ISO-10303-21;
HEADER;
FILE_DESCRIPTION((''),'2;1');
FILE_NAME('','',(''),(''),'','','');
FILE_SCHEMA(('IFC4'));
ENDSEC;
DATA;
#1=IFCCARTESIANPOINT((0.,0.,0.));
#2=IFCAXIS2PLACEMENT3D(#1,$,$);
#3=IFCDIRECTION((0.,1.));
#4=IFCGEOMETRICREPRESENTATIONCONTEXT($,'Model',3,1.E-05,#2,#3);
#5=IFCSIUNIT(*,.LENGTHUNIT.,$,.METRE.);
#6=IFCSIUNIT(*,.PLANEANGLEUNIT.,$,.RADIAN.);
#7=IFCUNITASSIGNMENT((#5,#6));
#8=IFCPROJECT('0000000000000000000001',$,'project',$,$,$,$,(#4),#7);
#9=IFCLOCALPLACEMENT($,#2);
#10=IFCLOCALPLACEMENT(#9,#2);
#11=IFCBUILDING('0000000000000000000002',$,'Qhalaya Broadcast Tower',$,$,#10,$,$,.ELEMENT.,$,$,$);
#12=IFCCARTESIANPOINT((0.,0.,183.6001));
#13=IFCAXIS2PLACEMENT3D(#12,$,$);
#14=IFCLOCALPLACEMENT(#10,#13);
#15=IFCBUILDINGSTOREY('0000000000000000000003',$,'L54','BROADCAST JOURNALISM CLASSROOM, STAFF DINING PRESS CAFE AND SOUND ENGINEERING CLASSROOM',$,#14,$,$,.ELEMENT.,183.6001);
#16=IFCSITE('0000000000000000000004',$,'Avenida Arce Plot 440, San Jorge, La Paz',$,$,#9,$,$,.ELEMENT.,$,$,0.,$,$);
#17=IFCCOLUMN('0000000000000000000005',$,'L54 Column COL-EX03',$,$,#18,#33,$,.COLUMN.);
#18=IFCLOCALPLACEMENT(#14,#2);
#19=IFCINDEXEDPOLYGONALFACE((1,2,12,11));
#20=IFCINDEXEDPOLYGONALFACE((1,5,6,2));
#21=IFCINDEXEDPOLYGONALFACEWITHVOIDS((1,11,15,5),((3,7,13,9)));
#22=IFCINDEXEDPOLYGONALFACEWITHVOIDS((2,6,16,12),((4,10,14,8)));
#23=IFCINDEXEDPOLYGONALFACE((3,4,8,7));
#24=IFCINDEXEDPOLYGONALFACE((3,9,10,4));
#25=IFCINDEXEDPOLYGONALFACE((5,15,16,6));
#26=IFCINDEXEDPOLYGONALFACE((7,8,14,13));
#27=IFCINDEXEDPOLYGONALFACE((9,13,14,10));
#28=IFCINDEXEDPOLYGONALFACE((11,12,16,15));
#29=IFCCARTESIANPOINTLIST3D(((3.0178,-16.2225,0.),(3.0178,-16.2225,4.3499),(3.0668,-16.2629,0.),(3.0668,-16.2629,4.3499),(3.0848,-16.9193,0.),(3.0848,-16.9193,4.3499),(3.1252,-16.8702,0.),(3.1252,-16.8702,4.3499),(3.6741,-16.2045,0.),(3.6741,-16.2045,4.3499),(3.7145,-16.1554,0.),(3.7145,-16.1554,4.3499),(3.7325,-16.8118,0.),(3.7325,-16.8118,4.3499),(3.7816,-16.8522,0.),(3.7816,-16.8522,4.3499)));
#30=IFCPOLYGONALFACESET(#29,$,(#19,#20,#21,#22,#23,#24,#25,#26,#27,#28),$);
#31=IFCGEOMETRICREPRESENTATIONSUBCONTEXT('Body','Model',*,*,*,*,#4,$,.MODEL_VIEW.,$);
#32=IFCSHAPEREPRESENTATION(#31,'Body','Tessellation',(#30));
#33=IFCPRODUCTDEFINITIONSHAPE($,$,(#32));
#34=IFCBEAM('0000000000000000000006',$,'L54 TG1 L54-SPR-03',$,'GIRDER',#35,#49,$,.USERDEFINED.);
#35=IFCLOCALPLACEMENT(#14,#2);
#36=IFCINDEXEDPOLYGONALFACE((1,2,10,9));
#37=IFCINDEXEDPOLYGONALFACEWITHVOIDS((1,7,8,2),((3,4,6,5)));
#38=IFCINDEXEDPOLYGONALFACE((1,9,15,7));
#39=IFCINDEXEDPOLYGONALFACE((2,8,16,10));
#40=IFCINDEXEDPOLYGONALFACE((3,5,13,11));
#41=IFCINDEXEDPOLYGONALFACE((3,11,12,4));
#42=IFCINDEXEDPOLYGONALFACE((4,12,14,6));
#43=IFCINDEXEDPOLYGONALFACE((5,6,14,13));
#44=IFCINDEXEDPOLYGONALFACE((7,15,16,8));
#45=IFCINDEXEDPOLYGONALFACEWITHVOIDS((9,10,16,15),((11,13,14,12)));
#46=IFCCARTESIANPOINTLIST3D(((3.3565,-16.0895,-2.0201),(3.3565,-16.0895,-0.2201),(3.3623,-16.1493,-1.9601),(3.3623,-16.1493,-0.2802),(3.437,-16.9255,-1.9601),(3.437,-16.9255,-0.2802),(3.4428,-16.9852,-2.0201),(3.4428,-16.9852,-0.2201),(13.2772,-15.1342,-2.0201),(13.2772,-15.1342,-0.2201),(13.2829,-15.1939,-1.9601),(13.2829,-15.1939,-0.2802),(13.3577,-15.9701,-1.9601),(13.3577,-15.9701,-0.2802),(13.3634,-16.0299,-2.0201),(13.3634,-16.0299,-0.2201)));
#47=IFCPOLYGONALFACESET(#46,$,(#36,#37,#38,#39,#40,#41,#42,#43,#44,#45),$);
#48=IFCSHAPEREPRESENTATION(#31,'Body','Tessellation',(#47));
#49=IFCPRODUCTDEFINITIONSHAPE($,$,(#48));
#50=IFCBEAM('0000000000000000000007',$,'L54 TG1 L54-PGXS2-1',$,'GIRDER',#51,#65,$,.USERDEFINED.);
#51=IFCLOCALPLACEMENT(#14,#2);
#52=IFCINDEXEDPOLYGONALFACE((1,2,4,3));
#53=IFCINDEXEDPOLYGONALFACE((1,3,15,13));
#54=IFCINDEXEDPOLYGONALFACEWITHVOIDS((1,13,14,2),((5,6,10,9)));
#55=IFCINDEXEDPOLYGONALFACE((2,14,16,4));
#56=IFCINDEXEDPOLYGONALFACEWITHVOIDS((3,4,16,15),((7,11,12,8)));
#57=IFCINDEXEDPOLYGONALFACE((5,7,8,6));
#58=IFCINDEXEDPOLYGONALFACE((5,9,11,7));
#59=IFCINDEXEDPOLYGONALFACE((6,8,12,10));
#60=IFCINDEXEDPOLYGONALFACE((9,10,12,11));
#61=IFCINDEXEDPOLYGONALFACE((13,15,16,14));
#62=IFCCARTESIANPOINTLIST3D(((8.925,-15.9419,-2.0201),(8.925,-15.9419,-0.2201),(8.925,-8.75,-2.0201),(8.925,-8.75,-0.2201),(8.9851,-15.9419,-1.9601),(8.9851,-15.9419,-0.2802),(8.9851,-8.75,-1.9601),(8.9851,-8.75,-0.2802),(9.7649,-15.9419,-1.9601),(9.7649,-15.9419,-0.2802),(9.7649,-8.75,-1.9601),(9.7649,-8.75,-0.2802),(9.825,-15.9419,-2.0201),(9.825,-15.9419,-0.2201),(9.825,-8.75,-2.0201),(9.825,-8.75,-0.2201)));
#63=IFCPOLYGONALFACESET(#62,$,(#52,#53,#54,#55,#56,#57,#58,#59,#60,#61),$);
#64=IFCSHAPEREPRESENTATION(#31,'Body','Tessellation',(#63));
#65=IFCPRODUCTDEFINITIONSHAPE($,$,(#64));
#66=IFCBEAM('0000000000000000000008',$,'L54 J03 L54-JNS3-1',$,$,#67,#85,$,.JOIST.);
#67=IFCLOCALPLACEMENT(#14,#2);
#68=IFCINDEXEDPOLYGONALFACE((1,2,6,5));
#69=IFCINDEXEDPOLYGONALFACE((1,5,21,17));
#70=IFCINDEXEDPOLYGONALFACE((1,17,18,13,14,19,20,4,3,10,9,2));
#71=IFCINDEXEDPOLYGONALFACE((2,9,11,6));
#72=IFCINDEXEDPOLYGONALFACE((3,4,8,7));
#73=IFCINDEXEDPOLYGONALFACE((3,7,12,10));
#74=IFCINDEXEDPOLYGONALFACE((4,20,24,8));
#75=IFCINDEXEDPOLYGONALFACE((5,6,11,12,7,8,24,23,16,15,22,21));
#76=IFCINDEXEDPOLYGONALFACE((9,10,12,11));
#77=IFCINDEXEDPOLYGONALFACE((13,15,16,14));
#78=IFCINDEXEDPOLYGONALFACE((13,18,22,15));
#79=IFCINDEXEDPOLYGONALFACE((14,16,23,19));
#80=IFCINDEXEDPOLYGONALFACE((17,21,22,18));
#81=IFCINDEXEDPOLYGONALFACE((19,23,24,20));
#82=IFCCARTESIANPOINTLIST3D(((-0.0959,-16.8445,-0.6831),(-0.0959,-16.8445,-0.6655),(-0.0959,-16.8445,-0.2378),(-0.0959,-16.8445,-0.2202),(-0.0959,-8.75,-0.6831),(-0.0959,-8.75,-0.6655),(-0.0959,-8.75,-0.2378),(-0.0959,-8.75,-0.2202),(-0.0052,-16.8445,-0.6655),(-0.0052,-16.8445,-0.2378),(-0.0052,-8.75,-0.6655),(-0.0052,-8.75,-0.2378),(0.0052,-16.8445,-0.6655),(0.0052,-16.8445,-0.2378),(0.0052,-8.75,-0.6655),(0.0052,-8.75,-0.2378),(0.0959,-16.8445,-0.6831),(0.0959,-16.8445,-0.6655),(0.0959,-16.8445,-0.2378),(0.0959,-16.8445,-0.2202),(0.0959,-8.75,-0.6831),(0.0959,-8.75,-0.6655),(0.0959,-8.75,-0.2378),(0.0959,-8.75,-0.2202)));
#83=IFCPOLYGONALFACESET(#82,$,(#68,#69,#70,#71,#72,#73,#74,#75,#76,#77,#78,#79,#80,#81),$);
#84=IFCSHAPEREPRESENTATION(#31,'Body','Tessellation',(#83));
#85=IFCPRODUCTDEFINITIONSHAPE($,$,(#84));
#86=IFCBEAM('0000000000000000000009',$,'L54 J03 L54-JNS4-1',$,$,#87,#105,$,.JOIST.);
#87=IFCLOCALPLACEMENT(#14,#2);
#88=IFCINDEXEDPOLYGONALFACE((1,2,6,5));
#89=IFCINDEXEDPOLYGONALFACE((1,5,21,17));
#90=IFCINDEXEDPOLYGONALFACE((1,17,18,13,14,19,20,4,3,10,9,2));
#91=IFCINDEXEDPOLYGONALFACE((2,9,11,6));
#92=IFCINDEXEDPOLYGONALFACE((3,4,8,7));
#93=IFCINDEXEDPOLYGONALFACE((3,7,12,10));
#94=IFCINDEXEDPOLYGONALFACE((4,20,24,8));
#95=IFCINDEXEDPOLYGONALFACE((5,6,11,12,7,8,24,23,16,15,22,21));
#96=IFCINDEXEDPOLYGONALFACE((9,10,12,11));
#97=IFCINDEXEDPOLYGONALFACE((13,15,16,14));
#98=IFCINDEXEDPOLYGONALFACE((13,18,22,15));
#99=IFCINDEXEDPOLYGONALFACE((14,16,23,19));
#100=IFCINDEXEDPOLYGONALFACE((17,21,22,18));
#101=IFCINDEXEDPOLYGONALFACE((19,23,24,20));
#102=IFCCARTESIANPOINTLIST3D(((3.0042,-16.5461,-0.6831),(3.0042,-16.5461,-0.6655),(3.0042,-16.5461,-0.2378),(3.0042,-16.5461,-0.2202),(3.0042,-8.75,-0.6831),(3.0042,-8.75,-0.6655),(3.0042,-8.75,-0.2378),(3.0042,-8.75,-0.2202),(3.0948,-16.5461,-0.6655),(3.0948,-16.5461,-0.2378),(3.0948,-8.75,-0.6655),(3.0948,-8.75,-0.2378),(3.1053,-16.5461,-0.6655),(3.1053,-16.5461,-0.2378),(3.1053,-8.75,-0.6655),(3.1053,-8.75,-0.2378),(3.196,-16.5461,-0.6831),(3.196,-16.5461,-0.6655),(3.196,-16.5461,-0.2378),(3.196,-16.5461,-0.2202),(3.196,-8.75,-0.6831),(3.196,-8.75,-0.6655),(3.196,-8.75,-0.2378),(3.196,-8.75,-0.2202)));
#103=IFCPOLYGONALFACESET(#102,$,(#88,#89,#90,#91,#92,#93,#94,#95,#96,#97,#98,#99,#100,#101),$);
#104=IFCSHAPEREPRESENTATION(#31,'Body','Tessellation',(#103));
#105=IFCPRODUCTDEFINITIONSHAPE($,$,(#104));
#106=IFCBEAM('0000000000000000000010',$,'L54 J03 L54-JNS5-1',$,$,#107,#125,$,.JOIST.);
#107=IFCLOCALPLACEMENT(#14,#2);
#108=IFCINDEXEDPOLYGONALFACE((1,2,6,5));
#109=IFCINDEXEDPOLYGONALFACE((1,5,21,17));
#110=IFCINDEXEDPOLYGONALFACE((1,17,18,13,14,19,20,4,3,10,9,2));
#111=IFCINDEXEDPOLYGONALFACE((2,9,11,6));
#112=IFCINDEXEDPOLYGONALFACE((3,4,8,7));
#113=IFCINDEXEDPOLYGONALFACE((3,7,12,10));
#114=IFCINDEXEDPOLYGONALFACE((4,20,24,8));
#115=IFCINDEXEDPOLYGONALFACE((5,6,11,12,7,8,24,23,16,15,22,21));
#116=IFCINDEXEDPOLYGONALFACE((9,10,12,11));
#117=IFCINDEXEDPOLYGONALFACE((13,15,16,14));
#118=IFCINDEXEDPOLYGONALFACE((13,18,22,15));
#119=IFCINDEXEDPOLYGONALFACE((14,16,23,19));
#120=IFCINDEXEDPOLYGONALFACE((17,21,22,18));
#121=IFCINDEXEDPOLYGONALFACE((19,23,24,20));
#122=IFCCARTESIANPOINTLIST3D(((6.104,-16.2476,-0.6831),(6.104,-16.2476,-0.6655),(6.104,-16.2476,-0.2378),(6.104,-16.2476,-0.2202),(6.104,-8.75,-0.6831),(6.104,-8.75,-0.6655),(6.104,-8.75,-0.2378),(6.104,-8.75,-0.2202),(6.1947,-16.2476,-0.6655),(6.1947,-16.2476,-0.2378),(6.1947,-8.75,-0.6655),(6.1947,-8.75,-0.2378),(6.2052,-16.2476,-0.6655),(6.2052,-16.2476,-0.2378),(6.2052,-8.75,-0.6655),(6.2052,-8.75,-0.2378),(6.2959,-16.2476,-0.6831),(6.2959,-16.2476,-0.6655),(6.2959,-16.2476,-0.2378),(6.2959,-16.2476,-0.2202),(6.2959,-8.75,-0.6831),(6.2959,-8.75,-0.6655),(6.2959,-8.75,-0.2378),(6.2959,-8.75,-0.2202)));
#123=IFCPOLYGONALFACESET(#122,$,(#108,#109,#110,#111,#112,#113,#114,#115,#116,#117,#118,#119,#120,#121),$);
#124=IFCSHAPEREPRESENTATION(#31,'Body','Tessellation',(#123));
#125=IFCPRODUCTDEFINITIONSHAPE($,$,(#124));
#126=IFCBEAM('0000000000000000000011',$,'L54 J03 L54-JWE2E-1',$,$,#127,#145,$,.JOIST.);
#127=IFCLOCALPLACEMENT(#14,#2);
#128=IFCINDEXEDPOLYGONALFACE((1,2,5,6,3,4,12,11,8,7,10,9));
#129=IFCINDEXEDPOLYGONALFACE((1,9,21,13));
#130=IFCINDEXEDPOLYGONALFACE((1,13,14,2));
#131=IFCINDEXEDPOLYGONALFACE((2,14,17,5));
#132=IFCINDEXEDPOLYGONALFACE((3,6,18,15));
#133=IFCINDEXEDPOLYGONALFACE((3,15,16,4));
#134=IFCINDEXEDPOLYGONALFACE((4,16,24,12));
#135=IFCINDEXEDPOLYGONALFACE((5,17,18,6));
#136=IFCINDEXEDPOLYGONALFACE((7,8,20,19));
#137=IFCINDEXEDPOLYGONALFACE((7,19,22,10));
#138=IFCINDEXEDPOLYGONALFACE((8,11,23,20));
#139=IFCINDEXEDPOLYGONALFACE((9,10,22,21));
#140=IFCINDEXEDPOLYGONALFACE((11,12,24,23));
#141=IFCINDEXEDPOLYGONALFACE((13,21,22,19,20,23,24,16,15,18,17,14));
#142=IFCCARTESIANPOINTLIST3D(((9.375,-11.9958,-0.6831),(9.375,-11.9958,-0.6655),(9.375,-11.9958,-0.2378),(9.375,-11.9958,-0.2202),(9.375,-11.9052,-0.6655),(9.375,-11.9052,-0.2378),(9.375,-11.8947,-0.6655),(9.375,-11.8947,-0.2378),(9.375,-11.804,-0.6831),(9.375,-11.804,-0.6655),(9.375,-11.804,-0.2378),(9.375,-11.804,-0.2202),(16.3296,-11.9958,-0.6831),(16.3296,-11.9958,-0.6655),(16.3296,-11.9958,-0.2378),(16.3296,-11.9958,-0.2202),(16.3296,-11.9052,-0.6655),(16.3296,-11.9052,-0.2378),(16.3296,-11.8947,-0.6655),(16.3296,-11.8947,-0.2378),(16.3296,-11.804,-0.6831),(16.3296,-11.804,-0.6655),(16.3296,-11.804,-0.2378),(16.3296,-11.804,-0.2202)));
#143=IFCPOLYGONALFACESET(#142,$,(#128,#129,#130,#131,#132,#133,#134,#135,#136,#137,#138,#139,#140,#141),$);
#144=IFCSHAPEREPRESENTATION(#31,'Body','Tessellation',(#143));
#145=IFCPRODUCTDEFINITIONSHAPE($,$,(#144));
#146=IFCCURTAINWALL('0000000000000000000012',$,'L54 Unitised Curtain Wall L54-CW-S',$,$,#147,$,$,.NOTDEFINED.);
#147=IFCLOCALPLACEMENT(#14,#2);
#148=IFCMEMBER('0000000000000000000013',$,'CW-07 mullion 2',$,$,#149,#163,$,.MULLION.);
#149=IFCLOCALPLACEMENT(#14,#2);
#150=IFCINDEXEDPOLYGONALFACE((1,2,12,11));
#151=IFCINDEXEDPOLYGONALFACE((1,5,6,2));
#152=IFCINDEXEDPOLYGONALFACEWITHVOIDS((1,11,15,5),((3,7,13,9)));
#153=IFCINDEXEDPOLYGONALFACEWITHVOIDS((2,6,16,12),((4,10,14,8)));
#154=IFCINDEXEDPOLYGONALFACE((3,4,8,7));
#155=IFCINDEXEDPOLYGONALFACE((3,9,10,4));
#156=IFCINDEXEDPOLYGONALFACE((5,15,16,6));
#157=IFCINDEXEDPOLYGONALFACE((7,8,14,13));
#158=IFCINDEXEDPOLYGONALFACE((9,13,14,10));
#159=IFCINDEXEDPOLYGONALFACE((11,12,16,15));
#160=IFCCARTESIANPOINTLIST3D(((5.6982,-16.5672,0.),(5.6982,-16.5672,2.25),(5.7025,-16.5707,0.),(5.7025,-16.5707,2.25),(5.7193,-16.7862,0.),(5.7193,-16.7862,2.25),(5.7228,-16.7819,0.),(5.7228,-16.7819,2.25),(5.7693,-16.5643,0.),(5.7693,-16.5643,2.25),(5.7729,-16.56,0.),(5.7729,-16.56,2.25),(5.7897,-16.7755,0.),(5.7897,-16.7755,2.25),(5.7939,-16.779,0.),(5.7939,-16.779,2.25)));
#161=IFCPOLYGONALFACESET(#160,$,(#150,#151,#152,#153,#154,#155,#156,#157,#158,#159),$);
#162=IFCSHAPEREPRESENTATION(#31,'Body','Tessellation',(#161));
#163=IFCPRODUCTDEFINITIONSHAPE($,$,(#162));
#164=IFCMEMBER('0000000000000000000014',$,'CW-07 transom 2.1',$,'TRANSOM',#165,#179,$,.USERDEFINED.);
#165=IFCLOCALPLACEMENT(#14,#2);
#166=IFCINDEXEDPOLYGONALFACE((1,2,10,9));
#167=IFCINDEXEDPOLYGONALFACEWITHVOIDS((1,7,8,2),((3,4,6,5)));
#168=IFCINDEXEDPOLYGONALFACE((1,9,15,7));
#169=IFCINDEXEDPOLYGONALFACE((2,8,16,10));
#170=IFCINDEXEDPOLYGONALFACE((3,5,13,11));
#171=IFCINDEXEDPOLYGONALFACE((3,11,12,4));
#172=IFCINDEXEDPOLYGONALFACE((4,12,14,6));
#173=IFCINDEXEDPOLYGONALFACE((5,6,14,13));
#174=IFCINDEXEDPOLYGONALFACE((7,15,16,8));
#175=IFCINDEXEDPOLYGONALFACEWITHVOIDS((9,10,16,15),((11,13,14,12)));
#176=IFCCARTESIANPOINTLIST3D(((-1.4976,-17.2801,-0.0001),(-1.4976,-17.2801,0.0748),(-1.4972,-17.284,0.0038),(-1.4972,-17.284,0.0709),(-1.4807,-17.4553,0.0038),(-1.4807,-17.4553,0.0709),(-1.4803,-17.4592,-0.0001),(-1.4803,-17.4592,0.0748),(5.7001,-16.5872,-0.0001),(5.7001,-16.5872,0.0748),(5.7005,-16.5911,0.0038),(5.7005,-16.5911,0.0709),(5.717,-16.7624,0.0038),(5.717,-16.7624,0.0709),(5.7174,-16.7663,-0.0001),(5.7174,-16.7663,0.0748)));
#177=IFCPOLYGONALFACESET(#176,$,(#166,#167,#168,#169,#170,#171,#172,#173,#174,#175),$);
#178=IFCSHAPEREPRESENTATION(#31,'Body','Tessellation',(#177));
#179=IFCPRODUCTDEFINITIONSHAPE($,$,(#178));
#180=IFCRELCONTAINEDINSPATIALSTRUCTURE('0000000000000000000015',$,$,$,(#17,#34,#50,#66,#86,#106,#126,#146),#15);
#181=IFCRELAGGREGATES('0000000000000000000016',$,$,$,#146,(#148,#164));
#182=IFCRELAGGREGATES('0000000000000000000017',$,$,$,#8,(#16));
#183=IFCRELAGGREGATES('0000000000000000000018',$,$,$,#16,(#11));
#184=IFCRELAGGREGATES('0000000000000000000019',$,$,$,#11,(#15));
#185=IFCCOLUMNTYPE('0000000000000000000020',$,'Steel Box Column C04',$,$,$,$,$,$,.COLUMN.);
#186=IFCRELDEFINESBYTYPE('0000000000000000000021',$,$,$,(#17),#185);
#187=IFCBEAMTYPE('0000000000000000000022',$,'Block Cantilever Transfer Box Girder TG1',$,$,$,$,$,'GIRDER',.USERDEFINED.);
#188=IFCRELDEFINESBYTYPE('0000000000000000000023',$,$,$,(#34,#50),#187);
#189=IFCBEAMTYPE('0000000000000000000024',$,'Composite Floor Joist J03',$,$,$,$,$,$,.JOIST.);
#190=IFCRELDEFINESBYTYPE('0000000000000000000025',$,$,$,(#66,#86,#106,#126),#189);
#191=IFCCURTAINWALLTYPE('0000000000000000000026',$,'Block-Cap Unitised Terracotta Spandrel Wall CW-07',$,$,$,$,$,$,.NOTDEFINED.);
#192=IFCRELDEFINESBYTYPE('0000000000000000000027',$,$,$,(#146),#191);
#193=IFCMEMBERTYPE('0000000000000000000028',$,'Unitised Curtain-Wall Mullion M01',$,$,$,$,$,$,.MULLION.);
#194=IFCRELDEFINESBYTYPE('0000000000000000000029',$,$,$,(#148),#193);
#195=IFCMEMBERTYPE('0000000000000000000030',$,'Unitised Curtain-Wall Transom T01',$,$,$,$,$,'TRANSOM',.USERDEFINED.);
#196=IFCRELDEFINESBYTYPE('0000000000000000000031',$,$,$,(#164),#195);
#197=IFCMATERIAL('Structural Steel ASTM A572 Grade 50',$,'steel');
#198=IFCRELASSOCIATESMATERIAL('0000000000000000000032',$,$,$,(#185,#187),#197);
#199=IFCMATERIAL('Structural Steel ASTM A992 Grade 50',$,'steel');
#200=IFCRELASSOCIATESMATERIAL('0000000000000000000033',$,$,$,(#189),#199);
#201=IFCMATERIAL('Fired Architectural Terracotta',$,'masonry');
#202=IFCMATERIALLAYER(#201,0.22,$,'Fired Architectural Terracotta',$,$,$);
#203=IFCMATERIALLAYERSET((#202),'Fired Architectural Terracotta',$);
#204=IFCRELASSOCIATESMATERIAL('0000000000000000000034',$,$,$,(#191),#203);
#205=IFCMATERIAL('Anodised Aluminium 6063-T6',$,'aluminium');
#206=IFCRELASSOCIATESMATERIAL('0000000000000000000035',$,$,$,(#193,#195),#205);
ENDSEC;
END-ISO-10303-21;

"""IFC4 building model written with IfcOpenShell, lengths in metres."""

from ifc_helpers import new_model, si_unit, direction, frame, origin, origin_2d, place, context, subcontext, project, spatial, hollow_rectangle, i_section, extrude, material, layer, layer_set, material_profile, profile_set, type_object, element, aggregate, save


model = new_model("IFC4")

# Units and contexts
model_context = context("Model", 3, precision=1e-05, world=origin(), true_north=direction((0.0, 1.0)))
body_context = subcontext(model_context, "Body", "Model", "MODEL_VIEW")
ifc_project = project(units=[si_unit("LENGTHUNIT", "METRE"), si_unit("PLANEANGLEUNIT", "RADIAN")], contexts=[model_context])

# Site, building, storey
site_placement = place(None, origin())
site = spatial("IfcSite", under=ifc_project, at=site_placement, Name="Avenida Arce Plot 440, San Jorge, La Paz", CompositionType="ELEMENT", RefElevation=0.0)
building_placement = place(site_placement, origin())
building = spatial("IfcBuilding", under=site, at=building_placement, Name="Qhalaya Broadcast Tower", CompositionType="ELEMENT")
storey_placement = place(building_placement, frame((0.0, 0.0, 183.6001)))
storey = spatial("IfcBuildingStorey", under=building, at=storey_placement, Name="L54", Description="BROADCAST JOURNALISM CLASSROOM, STAFF DINING PRESS CAFE AND SOUND ENGINEERING CLASSROOM", CompositionType="ELEMENT", Elevation=183.6001)

# Column
ifc_material_1 = material(Name="Structural Steel ASTM A572 Grade 50", Category="steel")
ifc_material_profile_1 = material_profile(ifc_material_1, hollow_rectangle(XDim=0.7, YDim=0.7, WallThickness=0.0449, at=origin_2d()), Name="BOX 700x700x45")
ifc_profile_set_1 = profile_set([ifc_material_profile_1], Name="Structural Steel ASTM A572 Grade 50")
column_type = type_object("IfcColumnType", Name="Steel Box Column C04", PredefinedType="COLUMN", material=ifc_profile_set_1)
column_placement = place(storey_placement, frame((3.3997, -16.5374, 0.0), z_axis=(0.0, 0.0, 1.0), x_axis=(0.995396, 0.095846, 0.0)))
element("IfcColumn", 1, at=column_placement, inside=storey, type_object=column_type, Name="L54 Column COL-EX03", PredefinedType="COLUMN", context=body_context, shape_type="SweptSolid", body=[
    extrude(hollow_rectangle(XDim=0.7, YDim=0.7, WallThickness=0.0449, at=origin_2d()), origin(), (0.0, 0.0, 1.0), 4.3499),
])

# Beams
ifc_material_profile_2 = material_profile(ifc_material_1, hollow_rectangle(XDim=0.8999, YDim=1.8, WallThickness=0.0601, at=origin_2d()), Name="BOX 900x1800x60")
ifc_profile_set_2 = profile_set([ifc_material_profile_2], Name="Structural Steel ASTM A572 Grade 50")
beam_type_1 = type_object("IfcBeamType", Name="Block Cantilever Transfer Box Girder TG1", ElementType="GIRDER", PredefinedType="USERDEFINED", material=ifc_profile_set_2)
beam_1_placement = place(storey_placement, frame((3.3997, -16.5374, -1.1201), z_axis=(0.995396, 0.095853, 0.0), x_axis=(-0.095853, 0.995396, 0.0)))
element("IfcBeam", 2, at=beam_1_placement, inside=storey, type_object=beam_type_1, Name="L54 TG1 L54-SPR-03", ObjectType="GIRDER", PredefinedType="USERDEFINED", context=body_context, shape_type="SweptSolid", body=[
    extrude(hollow_rectangle(XDim=0.8999, YDim=1.8, WallThickness=0.0601, at=origin_2d()), origin(), (0.0, 0.0, 1.0), 9.9666),
])
beam_2_placement = place(storey_placement, frame((9.375, -15.9419, -1.1201), z_axis=(0.0, 1.0, 0.0), x_axis=(-1.0, 0.0, 0.0)))
element("IfcBeam", 3, at=beam_2_placement, inside=storey, type_object=beam_type_1, Name="L54 TG1 L54-PGXS2-1", ObjectType="GIRDER", PredefinedType="USERDEFINED", context=body_context, shape_type="SweptSolid", body=[
    extrude(hollow_rectangle(XDim=0.8999, YDim=1.8, WallThickness=0.0601, at=origin_2d()), origin(), (0.0, 0.0, 1.0), 7.1919),
])
ifc_material_2 = material(Name="Structural Steel ASTM A992 Grade 50", Category="steel")
ifc_material_profile_3 = material_profile(ifc_material_2, i_section(OverallWidth=0.1919, OverallDepth=0.4629, WebThickness=0.0105, FlangeThickness=0.0176, at=origin_2d()), Name="W18X60")
ifc_profile_set_3 = profile_set([ifc_material_profile_3], Name="Structural Steel ASTM A992 Grade 50")
beam_type_2 = type_object("IfcBeamType", Name="Composite Floor Joist J03", PredefinedType="JOIST", material=ifc_profile_set_3)
beam_3_placement = place(storey_placement, frame((0.0, -16.8445, -0.4517), z_axis=(0.0, 1.0, 0.0), x_axis=(-1.0, 0.0, 0.0)))
element("IfcBeam", 4, at=beam_3_placement, inside=storey, type_object=beam_type_2, Name="L54 J03 L54-JNS3-1", PredefinedType="JOIST", context=body_context, shape_type="SweptSolid", body=[
    extrude(i_section(OverallWidth=0.1919, OverallDepth=0.4629, WebThickness=0.0105, FlangeThickness=0.0176, at=origin_2d()), origin(), (0.0, 0.0, 1.0), 8.0945),
])
beam_4_placement = place(storey_placement, frame((3.1001, -16.5461, -0.4517), z_axis=(0.0, 1.0, 0.0), x_axis=(-1.0, 0.0, 0.0)))
element("IfcBeam", 5, at=beam_4_placement, inside=storey, type_object=beam_type_2, Name="L54 J03 L54-JNS4-1", PredefinedType="JOIST", context=body_context, shape_type="SweptSolid", body=[
    extrude(i_section(OverallWidth=0.1919, OverallDepth=0.4629, WebThickness=0.0105, FlangeThickness=0.0176, at=origin_2d()), origin(), (0.0, 0.0, 1.0), 7.7961),
])
beam_5_placement = place(storey_placement, frame((6.2, -16.2476, -0.4517), z_axis=(0.0, 1.0, 0.0), x_axis=(-1.0, 0.0, 0.0)))
element("IfcBeam", 6, at=beam_5_placement, inside=storey, type_object=beam_type_2, Name="L54 J03 L54-JNS5-1", PredefinedType="JOIST", context=body_context, shape_type="SweptSolid", body=[
    extrude(i_section(OverallWidth=0.1919, OverallDepth=0.4629, WebThickness=0.0105, FlangeThickness=0.0176, at=origin_2d()), origin(), (0.0, 0.0, 1.0), 7.4976),
])
beam_6_placement = place(storey_placement, frame((9.375, -11.8999, -0.4517), z_axis=(1.0, 0.0, 0.0), x_axis=(0.0, 1.0, 0.0)))
element("IfcBeam", 7, at=beam_6_placement, inside=storey, type_object=beam_type_2, Name="L54 J03 L54-JWE2E-1", PredefinedType="JOIST", context=body_context, shape_type="SweptSolid", body=[
    extrude(i_section(OverallWidth=0.1919, OverallDepth=0.4629, WebThickness=0.0105, FlangeThickness=0.0176, at=origin_2d()), origin(), (0.0, 0.0, 1.0), 6.9546),
])

# Curtain wall, members
ifc_material_3 = material(Name="Fired Architectural Terracotta", Category="masonry")
ifc_layer_1 = layer(ifc_material_3, 0.22, Name="Fired Architectural Terracotta")
ifc_layer_set_1 = layer_set([ifc_layer_1], Name="Fired Architectural Terracotta")
curtain_wall_type = type_object("IfcCurtainWallType", Name="Block-Cap Unitised Terracotta Spandrel Wall CW-07", PredefinedType="NOTDEFINED", material=ifc_layer_set_1)
curtain_wall_placement = place(storey_placement, origin())
curtain_wall = element("IfcCurtainWall", 8, at=curtain_wall_placement, inside=storey, type_object=curtain_wall_type, Name="L54 Unitised Curtain Wall L54-CW-S", PredefinedType="NOTDEFINED")
ifc_material_4 = material(Name="Anodised Aluminium 6063-T6", Category="aluminium")
ifc_material_profile_4 = material_profile(ifc_material_4, hollow_rectangle(XDim=0.075, YDim=0.22, WallThickness=0.0039, at=origin_2d()), Name="ALU-MUL 75x220x4")
ifc_profile_set_4 = profile_set([ifc_material_profile_4], Name="Anodised Aluminium 6063-T6")
member_type_1 = type_object("IfcMemberType", Name="Unitised Curtain-Wall Mullion M01", PredefinedType="MULLION", material=ifc_profile_set_4)
member_1_placement = place(storey_placement, frame((5.7461, -16.6731, 0.0), z_axis=(0.0, 0.0, 1.0), x_axis=(-0.995396, -0.095846, 0.0)))
member_1 = element("IfcMember", 9, at=member_1_placement, type_object=member_type_1, Name="CW-07 mullion 2", PredefinedType="MULLION", context=body_context, shape_type="SweptSolid", body=[
    extrude(hollow_rectangle(XDim=0.075, YDim=0.22, WallThickness=0.0039, at=origin_2d()), origin(), (0.0, 0.0, 1.0), 2.25),
])
ifc_material_profile_5 = material_profile(ifc_material_4, hollow_rectangle(XDim=0.075, YDim=0.1799, WallThickness=0.0039, at=origin_2d()), Name="ALU-TRN 75x180x4")
ifc_profile_set_5 = profile_set([ifc_material_profile_5], Name="Anodised Aluminium 6063-T6")
member_type_2 = type_object("IfcMemberType", Name="Unitised Curtain-Wall Transom T01", ElementType="TRANSOM", PredefinedType="USERDEFINED", material=ifc_profile_set_5)
member_2_placement = place(storey_placement, frame((5.7087, -16.6768, 0.0374), z_axis=(-0.995399, -0.095819, 0.0), x_axis=(0.0, 0.0, 1.0)))
member_2 = element("IfcMember", 10, at=member_2_placement, type_object=member_type_2, Name="CW-07 transom 2.1", ObjectType="TRANSOM", PredefinedType="USERDEFINED", context=body_context, shape_type="SweptSolid", body=[
    extrude(hollow_rectangle(XDim=0.075, YDim=0.1799, WallThickness=0.0039, at=origin_2d()), origin(), (0.0, 0.0, 1.0), 7.231),
])

aggregate(curtain_wall, [member_1, member_2])

save(model, "model.ifc")
